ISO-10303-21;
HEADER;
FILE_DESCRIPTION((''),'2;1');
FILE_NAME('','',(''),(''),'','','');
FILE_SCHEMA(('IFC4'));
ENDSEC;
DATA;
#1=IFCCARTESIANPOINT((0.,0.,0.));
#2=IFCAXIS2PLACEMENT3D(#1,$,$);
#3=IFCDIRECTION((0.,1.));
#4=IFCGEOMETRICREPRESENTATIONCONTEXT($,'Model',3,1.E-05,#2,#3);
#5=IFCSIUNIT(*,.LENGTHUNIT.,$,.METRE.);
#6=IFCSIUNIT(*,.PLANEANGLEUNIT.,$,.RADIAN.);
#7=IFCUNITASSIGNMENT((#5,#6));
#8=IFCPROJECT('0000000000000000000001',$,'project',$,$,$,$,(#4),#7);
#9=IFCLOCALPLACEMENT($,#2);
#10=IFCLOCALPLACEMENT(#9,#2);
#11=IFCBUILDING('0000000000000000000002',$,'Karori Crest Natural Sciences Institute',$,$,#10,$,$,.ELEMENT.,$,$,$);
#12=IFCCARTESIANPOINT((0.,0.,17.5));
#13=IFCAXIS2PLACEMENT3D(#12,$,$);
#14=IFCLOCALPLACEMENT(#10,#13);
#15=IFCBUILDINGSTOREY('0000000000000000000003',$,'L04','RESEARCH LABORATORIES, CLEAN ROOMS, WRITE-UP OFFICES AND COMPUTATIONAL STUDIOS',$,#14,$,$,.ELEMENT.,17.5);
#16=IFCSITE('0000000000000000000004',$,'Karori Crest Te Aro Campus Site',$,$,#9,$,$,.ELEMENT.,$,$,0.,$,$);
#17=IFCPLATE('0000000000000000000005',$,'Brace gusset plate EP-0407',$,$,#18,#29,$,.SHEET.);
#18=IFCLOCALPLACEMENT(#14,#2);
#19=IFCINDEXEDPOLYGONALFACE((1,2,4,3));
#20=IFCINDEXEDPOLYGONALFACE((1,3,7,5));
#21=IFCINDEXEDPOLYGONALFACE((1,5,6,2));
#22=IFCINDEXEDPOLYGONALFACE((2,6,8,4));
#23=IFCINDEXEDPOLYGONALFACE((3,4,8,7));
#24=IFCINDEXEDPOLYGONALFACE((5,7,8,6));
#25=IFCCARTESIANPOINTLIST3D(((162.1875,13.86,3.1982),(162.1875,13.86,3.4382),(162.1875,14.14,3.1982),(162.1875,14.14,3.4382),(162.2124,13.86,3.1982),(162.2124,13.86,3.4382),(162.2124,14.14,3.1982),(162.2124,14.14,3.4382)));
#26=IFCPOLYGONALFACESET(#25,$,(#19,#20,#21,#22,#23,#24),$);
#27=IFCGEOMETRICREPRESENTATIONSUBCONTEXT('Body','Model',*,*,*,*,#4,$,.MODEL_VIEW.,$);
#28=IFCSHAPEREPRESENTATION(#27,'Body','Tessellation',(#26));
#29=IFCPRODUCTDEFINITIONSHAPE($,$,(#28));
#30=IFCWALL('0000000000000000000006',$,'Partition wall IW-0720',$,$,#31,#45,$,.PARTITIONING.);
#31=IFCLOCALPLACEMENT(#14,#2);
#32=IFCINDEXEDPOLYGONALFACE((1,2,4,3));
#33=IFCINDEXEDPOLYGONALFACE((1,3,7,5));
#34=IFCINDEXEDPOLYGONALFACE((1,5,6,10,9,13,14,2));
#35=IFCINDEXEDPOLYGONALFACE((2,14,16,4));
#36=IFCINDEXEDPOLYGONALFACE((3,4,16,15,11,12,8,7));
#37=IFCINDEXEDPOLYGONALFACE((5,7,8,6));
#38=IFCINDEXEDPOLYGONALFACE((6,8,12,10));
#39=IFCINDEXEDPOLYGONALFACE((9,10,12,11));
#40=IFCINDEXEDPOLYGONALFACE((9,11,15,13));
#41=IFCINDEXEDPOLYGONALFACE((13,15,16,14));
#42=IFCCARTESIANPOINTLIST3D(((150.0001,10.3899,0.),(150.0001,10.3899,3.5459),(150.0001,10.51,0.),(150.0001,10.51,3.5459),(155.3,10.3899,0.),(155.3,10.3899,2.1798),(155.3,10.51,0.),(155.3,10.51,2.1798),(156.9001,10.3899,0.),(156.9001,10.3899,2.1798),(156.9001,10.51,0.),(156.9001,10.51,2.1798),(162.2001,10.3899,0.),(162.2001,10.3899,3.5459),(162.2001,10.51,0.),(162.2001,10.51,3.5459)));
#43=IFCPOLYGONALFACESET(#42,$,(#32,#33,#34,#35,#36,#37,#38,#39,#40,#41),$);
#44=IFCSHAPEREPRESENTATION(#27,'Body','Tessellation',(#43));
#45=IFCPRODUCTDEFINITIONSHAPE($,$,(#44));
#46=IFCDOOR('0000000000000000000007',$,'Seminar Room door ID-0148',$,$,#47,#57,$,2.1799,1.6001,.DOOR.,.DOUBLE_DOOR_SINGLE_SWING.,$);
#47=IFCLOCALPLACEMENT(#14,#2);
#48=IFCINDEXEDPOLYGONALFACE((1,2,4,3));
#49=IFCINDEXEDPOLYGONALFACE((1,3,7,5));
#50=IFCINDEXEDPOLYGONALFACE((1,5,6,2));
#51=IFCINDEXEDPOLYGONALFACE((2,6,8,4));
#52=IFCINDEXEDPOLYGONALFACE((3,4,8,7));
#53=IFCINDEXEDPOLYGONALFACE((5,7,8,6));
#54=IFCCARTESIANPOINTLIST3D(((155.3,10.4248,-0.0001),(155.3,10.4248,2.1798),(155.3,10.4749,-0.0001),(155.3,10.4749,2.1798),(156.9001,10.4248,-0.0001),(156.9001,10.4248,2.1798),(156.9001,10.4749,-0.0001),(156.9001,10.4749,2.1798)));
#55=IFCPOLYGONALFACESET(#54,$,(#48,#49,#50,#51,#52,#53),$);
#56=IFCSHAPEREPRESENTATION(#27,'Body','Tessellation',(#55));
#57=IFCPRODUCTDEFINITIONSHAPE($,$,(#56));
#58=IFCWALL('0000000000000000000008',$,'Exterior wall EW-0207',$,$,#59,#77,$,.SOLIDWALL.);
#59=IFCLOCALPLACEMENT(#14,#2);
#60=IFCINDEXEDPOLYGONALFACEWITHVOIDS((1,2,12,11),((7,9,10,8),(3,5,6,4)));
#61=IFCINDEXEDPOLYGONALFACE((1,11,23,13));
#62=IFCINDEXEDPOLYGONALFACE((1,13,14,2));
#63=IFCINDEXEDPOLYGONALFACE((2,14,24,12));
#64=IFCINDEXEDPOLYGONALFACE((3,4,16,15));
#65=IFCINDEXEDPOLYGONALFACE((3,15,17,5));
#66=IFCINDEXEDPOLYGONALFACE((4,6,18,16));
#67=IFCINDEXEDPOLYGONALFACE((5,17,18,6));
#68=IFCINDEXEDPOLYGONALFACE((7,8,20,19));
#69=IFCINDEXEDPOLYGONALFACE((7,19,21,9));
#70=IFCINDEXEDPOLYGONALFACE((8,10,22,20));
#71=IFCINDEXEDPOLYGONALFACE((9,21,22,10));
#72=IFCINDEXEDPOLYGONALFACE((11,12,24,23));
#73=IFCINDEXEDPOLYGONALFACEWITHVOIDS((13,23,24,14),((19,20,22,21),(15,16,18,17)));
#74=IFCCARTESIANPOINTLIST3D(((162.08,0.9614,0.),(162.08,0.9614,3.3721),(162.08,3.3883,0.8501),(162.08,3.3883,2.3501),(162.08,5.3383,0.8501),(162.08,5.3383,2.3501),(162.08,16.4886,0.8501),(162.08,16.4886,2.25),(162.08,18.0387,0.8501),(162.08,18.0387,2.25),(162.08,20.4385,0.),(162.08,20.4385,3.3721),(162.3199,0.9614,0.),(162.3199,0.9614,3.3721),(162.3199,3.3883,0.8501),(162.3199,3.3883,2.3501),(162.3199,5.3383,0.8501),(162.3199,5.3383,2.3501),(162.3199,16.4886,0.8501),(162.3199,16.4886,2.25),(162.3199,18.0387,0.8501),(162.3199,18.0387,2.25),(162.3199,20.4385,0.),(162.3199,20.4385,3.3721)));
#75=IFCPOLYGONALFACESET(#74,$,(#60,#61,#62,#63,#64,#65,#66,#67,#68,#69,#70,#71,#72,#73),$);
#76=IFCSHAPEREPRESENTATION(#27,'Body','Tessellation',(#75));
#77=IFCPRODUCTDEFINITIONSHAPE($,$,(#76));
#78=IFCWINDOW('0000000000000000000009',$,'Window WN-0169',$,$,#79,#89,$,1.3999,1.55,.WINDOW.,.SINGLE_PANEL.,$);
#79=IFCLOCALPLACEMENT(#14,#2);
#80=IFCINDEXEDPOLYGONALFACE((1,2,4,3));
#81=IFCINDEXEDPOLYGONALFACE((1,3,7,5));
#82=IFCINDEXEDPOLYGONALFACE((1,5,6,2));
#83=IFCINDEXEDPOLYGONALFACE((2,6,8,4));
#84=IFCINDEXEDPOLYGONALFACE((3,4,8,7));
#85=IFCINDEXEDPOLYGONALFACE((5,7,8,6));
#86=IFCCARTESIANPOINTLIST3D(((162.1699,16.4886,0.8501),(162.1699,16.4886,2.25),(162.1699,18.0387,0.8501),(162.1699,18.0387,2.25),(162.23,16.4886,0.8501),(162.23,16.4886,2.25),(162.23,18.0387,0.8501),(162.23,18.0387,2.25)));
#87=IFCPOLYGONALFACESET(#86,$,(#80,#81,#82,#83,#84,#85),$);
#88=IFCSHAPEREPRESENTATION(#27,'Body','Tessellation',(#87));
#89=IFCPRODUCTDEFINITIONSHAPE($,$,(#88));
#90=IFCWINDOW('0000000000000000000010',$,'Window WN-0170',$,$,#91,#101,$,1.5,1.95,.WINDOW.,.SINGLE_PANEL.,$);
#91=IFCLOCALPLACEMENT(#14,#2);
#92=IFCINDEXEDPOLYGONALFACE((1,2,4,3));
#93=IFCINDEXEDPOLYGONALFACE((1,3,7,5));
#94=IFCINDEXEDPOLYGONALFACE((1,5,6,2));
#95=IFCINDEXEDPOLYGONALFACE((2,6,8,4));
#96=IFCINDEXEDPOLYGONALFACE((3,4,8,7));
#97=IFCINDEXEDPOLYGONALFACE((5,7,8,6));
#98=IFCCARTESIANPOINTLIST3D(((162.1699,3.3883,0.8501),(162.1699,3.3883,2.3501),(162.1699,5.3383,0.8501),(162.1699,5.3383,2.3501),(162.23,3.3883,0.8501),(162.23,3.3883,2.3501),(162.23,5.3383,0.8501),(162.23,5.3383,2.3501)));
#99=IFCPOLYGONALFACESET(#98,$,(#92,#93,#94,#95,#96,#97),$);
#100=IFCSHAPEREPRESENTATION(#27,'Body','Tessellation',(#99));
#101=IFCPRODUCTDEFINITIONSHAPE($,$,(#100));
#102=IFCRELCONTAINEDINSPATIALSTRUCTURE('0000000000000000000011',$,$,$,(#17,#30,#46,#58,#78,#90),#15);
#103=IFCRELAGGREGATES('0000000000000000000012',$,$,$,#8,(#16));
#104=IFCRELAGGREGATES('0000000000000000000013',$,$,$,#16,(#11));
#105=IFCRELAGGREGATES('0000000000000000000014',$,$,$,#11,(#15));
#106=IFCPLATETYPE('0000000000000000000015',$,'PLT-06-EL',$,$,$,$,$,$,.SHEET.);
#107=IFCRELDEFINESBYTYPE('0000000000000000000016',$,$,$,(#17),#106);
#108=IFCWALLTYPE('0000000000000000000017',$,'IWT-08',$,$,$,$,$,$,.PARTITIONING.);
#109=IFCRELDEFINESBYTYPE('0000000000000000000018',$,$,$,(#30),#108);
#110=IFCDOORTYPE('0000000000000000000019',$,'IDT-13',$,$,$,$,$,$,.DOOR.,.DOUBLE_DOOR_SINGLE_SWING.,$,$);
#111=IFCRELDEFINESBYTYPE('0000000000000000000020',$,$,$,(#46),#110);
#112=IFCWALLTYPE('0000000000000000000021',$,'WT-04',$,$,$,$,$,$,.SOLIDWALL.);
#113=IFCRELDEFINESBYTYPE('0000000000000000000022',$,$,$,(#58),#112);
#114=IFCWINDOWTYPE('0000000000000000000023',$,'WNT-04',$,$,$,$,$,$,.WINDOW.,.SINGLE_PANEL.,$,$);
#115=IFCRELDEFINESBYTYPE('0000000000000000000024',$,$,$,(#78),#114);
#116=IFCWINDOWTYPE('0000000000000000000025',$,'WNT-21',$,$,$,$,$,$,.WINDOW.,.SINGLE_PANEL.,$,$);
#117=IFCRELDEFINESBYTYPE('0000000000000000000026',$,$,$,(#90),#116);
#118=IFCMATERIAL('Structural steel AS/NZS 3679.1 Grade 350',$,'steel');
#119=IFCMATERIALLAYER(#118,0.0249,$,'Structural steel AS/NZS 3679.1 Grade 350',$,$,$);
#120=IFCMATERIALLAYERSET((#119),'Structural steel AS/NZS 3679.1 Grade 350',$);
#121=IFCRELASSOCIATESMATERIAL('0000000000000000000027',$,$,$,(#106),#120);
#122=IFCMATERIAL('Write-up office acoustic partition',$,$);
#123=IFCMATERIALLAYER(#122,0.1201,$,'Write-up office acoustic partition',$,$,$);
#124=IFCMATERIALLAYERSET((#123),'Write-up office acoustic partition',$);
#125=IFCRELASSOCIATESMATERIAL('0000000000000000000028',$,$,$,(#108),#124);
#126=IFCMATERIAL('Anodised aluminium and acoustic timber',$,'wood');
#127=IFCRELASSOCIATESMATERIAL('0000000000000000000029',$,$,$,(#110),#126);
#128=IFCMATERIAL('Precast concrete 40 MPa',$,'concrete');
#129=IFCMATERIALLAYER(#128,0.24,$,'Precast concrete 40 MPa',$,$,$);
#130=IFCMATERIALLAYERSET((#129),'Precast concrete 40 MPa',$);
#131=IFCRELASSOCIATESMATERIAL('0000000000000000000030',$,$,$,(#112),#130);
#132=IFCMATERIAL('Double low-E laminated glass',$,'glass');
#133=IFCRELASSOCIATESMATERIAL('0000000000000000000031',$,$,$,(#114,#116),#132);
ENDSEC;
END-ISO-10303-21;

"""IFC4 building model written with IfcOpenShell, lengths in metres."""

from ifc_helpers import new_model, si_unit, direction, frame, frame_2d, origin, origin_2d, place, context, subcontext, project, spatial, rectangle, extrude, material, layer, layer_set, type_object, element, fill, save


model = new_model("IFC4")

# Units and contexts
model_context = context("Model", 3, precision=1e-05, world=origin(), true_north=direction((0.0, 1.0)))
body_context = subcontext(model_context, "Body", "Model", "MODEL_VIEW")
ifc_project = project(units=[si_unit("LENGTHUNIT", "METRE"), si_unit("PLANEANGLEUNIT", "RADIAN")], contexts=[model_context])

# Site, building, storey
site_placement = place(None, origin())
site = spatial("IfcSite", under=ifc_project, at=site_placement, Name="Karori Crest Te Aro Campus Site", CompositionType="ELEMENT", RefElevation=0.0)
building_placement = place(site_placement, origin())
building = spatial("IfcBuilding", under=site, at=building_placement, Name="Karori Crest Natural Sciences Institute", CompositionType="ELEMENT")
storey_placement = place(building_placement, frame((0.0, 0.0, 17.5)))
storey = spatial("IfcBuildingStorey", under=building, at=storey_placement, Name="L04", Description="RESEARCH LABORATORIES, CLEAN ROOMS, WRITE-UP OFFICES AND COMPUTATIONAL STUDIOS", CompositionType="ELEMENT", Elevation=17.5)

# Shared definitions
ifc_material_1 = material(Name="Structural steel AS/NZS 3679.1 Grade 350", Category="steel")

# Plate
ifc_layer_1 = layer(ifc_material_1, 0.0249, Name="Structural steel AS/NZS 3679.1 Grade 350")
ifc_layer_set_1 = layer_set([ifc_layer_1], Name="Structural steel AS/NZS 3679.1 Grade 350")
plate_type = type_object("IfcPlateType", Name="PLT-06-EL", PredefinedType="SHEET", material=ifc_layer_set_1)
for number, where, z_axis, x_axis, name in (
    (1, (162.2, 14.0, 3.1982), (0.0, 0.0, 1.0), (0.0, 1.0, 0.0), "Brace gusset plate EP-0407"),
):
    element("IfcPlate", number, at=place(storey_placement, frame(where, z_axis=z_axis, x_axis=x_axis)), inside=storey, type_object=plate_type, Name=name, PredefinedType="SHEET", context=body_context, shape_type="SweptSolid", body=[
        extrude(rectangle(XDim=0.28, YDim=0.0249, at=origin_2d()), origin(), (0.0, 0.0, 1.0), 0.24),
    ])

# Wall, opening, door
ifc_material_2 = material(Name="Write-up office acoustic partition")
ifc_layer_2 = layer(ifc_material_2, 0.1201, Name="Write-up office acoustic partition")
ifc_layer_set_2 = layer_set([ifc_layer_2], Name="Write-up office acoustic partition")
wall_type_1 = type_object("IfcWallType", Name="IWT-08", PredefinedType="PARTITIONING", material=ifc_layer_set_2)
wall_1_placement = place(storey_placement, frame((150.0, 10.45, 0.0), z_axis=(0.0, 0.0, 1.0), x_axis=(1.0, 0.0, 0.0)))
wall_1 = element("IfcWall", 2, at=wall_1_placement, inside=storey, type_object=wall_type_1, Name="Partition wall IW-0720", PredefinedType="PARTITIONING", context=body_context, shape_type="SweptSolid", body=[
    extrude(rectangle(XDim=12.2, YDim=0.1201, at=frame_2d((6.1001, 0.0))), origin(), (0.0, 0.0, 1.0), 3.5459),
])
opening_1_placement = place(wall_1_placement, frame((5.3, 0.0, 0.0)))
opening_1 = element("IfcOpeningElement", 3, at=opening_1_placement, cuts=wall_1, PredefinedType="OPENING", context=body_context, shape_type="SweptSolid", body=[
    extrude(rectangle(XDim=1.6001, YDim=2.1799, at=frame_2d((0.8, 1.0898))), frame((0.0, 0.0701, 0.0), z_axis=(0.0, -1.0, 0.0), x_axis=(1.0, 0.0, 0.0)), (0.0, 0.0, 1.0), 0.1401),
])
ifc_material_3 = material(Name="Anodised aluminium and acoustic timber", Category="wood")
door_type = type_object("IfcDoorType", Name="IDT-13", OperationType="DOUBLE_DOOR_SINGLE_SWING", PredefinedType="DOOR", material=ifc_material_3)
door_placement = place(opening_1_placement, origin())
door = element("IfcDoor", 4, at=door_placement, inside=storey, type_object=door_type, Name="Seminar Room door ID-0148", OperationType="DOUBLE_DOOR_SINGLE_SWING", OverallHeight=2.1799, OverallWidth=1.6001, PredefinedType="DOOR", context=body_context, shape_type="SweptSolid", body=[
    extrude(rectangle(XDim=1.6001, YDim=2.1799, at=frame_2d((0.8, 1.0898))), frame((0.0, 0.0249, 0.0), z_axis=(0.0, -1.0, 0.0), x_axis=(1.0, 0.0, 0.0)), (0.0, 0.0, 1.0), 0.05),
])
fill(opening_1, door)

# Wall, openings, windows
ifc_material_4 = material(Name="Precast concrete 40 MPa", Category="concrete")
ifc_layer_3 = layer(ifc_material_4, 0.24, Name="Precast concrete 40 MPa")
ifc_layer_set_3 = layer_set([ifc_layer_3], Name="Precast concrete 40 MPa")
wall_type_2 = type_object("IfcWallType", Name="WT-04", PredefinedType="SOLIDWALL", material=ifc_layer_set_3)
wall_2_placement = place(storey_placement, frame((162.2, 20.4385, 0.0), z_axis=(0.0, 0.0, 1.0), x_axis=(0.0, -1.0, 0.0)))
wall_2 = element("IfcWall", 5, at=wall_2_placement, inside=storey, type_object=wall_type_2, Name="Exterior wall EW-0207", PredefinedType="SOLIDWALL", context=body_context, shape_type="SweptSolid", body=[
    extrude(rectangle(XDim=19.4771, YDim=0.24, at=frame_2d((9.7385, 0.0))), origin(), (0.0, 0.0, 1.0), 3.3721),
])
opening_2_placement = place(wall_2_placement, frame((2.3999, 0.0, 0.8501)))
opening_2 = element("IfcOpeningElement", 6, at=opening_2_placement, cuts=wall_2, PredefinedType="OPENING", context=body_context, shape_type="SweptSolid", body=[
    extrude(rectangle(XDim=1.55, YDim=1.3999, at=frame_2d((0.7749, 0.7))), frame((0.0, 0.1299, 0.0), z_axis=(0.0, -1.0, 0.0), x_axis=(1.0, 0.0, 0.0)), (0.0, 0.0, 1.0), 0.26),
])
opening_3_placement = place(wall_2_placement, frame((15.1001, 0.0, 0.8501)))
opening_3 = element("IfcOpeningElement", 7, at=opening_3_placement, cuts=wall_2, PredefinedType="OPENING", context=body_context, shape_type="SweptSolid", body=[
    extrude(rectangle(XDim=1.95, YDim=1.5, at=frame_2d((0.9751, 0.75))), frame((0.0, 0.1299, 0.0), z_axis=(0.0, -1.0, 0.0), x_axis=(1.0, 0.0, 0.0)), (0.0, 0.0, 1.0), 0.26),
])
ifc_material_5 = material(Name="Double low-E laminated glass", Category="glass")
window_type_1 = type_object("IfcWindowType", Name="WNT-04", PartitioningType="SINGLE_PANEL", PredefinedType="WINDOW", material=ifc_material_5)
window_1_placement = place(opening_2_placement, origin())
window_1 = element("IfcWindow", 8, at=window_1_placement, inside=storey, type_object=window_type_1, Name="Window WN-0169", OverallHeight=1.3999, OverallWidth=1.55, PartitioningType="SINGLE_PANEL", PredefinedType="WINDOW", context=body_context, shape_type="SweptSolid", body=[
    extrude(rectangle(XDim=1.55, YDim=1.3999, at=frame_2d((0.7749, 0.7))), frame((0.0, 0.03, 0.0), z_axis=(0.0, -1.0, 0.0), x_axis=(1.0, 0.0, 0.0)), (0.0, 0.0, 1.0), 0.0601),
])
fill(opening_2, window_1)
window_type_2 = type_object("IfcWindowType", Name="WNT-21", PartitioningType="SINGLE_PANEL", PredefinedType="WINDOW", material=ifc_material_5)
window_2_placement = place(opening_3_placement, origin())
window_2 = element("IfcWindow", 9, at=window_2_placement, inside=storey, type_object=window_type_2, Name="Window WN-0170", OverallHeight=1.5, OverallWidth=1.95, PartitioningType="SINGLE_PANEL", PredefinedType="WINDOW", context=body_context, shape_type="SweptSolid", body=[
    extrude(rectangle(XDim=1.95, YDim=1.5, at=frame_2d((0.9751, 0.75))), frame((0.0, 0.03, 0.0), z_axis=(0.0, -1.0, 0.0), x_axis=(1.0, 0.0, 0.0)), (0.0, 0.0, 1.0), 0.0601),
])
fill(opening_3, window_2)

save(model, "model.ifc")
